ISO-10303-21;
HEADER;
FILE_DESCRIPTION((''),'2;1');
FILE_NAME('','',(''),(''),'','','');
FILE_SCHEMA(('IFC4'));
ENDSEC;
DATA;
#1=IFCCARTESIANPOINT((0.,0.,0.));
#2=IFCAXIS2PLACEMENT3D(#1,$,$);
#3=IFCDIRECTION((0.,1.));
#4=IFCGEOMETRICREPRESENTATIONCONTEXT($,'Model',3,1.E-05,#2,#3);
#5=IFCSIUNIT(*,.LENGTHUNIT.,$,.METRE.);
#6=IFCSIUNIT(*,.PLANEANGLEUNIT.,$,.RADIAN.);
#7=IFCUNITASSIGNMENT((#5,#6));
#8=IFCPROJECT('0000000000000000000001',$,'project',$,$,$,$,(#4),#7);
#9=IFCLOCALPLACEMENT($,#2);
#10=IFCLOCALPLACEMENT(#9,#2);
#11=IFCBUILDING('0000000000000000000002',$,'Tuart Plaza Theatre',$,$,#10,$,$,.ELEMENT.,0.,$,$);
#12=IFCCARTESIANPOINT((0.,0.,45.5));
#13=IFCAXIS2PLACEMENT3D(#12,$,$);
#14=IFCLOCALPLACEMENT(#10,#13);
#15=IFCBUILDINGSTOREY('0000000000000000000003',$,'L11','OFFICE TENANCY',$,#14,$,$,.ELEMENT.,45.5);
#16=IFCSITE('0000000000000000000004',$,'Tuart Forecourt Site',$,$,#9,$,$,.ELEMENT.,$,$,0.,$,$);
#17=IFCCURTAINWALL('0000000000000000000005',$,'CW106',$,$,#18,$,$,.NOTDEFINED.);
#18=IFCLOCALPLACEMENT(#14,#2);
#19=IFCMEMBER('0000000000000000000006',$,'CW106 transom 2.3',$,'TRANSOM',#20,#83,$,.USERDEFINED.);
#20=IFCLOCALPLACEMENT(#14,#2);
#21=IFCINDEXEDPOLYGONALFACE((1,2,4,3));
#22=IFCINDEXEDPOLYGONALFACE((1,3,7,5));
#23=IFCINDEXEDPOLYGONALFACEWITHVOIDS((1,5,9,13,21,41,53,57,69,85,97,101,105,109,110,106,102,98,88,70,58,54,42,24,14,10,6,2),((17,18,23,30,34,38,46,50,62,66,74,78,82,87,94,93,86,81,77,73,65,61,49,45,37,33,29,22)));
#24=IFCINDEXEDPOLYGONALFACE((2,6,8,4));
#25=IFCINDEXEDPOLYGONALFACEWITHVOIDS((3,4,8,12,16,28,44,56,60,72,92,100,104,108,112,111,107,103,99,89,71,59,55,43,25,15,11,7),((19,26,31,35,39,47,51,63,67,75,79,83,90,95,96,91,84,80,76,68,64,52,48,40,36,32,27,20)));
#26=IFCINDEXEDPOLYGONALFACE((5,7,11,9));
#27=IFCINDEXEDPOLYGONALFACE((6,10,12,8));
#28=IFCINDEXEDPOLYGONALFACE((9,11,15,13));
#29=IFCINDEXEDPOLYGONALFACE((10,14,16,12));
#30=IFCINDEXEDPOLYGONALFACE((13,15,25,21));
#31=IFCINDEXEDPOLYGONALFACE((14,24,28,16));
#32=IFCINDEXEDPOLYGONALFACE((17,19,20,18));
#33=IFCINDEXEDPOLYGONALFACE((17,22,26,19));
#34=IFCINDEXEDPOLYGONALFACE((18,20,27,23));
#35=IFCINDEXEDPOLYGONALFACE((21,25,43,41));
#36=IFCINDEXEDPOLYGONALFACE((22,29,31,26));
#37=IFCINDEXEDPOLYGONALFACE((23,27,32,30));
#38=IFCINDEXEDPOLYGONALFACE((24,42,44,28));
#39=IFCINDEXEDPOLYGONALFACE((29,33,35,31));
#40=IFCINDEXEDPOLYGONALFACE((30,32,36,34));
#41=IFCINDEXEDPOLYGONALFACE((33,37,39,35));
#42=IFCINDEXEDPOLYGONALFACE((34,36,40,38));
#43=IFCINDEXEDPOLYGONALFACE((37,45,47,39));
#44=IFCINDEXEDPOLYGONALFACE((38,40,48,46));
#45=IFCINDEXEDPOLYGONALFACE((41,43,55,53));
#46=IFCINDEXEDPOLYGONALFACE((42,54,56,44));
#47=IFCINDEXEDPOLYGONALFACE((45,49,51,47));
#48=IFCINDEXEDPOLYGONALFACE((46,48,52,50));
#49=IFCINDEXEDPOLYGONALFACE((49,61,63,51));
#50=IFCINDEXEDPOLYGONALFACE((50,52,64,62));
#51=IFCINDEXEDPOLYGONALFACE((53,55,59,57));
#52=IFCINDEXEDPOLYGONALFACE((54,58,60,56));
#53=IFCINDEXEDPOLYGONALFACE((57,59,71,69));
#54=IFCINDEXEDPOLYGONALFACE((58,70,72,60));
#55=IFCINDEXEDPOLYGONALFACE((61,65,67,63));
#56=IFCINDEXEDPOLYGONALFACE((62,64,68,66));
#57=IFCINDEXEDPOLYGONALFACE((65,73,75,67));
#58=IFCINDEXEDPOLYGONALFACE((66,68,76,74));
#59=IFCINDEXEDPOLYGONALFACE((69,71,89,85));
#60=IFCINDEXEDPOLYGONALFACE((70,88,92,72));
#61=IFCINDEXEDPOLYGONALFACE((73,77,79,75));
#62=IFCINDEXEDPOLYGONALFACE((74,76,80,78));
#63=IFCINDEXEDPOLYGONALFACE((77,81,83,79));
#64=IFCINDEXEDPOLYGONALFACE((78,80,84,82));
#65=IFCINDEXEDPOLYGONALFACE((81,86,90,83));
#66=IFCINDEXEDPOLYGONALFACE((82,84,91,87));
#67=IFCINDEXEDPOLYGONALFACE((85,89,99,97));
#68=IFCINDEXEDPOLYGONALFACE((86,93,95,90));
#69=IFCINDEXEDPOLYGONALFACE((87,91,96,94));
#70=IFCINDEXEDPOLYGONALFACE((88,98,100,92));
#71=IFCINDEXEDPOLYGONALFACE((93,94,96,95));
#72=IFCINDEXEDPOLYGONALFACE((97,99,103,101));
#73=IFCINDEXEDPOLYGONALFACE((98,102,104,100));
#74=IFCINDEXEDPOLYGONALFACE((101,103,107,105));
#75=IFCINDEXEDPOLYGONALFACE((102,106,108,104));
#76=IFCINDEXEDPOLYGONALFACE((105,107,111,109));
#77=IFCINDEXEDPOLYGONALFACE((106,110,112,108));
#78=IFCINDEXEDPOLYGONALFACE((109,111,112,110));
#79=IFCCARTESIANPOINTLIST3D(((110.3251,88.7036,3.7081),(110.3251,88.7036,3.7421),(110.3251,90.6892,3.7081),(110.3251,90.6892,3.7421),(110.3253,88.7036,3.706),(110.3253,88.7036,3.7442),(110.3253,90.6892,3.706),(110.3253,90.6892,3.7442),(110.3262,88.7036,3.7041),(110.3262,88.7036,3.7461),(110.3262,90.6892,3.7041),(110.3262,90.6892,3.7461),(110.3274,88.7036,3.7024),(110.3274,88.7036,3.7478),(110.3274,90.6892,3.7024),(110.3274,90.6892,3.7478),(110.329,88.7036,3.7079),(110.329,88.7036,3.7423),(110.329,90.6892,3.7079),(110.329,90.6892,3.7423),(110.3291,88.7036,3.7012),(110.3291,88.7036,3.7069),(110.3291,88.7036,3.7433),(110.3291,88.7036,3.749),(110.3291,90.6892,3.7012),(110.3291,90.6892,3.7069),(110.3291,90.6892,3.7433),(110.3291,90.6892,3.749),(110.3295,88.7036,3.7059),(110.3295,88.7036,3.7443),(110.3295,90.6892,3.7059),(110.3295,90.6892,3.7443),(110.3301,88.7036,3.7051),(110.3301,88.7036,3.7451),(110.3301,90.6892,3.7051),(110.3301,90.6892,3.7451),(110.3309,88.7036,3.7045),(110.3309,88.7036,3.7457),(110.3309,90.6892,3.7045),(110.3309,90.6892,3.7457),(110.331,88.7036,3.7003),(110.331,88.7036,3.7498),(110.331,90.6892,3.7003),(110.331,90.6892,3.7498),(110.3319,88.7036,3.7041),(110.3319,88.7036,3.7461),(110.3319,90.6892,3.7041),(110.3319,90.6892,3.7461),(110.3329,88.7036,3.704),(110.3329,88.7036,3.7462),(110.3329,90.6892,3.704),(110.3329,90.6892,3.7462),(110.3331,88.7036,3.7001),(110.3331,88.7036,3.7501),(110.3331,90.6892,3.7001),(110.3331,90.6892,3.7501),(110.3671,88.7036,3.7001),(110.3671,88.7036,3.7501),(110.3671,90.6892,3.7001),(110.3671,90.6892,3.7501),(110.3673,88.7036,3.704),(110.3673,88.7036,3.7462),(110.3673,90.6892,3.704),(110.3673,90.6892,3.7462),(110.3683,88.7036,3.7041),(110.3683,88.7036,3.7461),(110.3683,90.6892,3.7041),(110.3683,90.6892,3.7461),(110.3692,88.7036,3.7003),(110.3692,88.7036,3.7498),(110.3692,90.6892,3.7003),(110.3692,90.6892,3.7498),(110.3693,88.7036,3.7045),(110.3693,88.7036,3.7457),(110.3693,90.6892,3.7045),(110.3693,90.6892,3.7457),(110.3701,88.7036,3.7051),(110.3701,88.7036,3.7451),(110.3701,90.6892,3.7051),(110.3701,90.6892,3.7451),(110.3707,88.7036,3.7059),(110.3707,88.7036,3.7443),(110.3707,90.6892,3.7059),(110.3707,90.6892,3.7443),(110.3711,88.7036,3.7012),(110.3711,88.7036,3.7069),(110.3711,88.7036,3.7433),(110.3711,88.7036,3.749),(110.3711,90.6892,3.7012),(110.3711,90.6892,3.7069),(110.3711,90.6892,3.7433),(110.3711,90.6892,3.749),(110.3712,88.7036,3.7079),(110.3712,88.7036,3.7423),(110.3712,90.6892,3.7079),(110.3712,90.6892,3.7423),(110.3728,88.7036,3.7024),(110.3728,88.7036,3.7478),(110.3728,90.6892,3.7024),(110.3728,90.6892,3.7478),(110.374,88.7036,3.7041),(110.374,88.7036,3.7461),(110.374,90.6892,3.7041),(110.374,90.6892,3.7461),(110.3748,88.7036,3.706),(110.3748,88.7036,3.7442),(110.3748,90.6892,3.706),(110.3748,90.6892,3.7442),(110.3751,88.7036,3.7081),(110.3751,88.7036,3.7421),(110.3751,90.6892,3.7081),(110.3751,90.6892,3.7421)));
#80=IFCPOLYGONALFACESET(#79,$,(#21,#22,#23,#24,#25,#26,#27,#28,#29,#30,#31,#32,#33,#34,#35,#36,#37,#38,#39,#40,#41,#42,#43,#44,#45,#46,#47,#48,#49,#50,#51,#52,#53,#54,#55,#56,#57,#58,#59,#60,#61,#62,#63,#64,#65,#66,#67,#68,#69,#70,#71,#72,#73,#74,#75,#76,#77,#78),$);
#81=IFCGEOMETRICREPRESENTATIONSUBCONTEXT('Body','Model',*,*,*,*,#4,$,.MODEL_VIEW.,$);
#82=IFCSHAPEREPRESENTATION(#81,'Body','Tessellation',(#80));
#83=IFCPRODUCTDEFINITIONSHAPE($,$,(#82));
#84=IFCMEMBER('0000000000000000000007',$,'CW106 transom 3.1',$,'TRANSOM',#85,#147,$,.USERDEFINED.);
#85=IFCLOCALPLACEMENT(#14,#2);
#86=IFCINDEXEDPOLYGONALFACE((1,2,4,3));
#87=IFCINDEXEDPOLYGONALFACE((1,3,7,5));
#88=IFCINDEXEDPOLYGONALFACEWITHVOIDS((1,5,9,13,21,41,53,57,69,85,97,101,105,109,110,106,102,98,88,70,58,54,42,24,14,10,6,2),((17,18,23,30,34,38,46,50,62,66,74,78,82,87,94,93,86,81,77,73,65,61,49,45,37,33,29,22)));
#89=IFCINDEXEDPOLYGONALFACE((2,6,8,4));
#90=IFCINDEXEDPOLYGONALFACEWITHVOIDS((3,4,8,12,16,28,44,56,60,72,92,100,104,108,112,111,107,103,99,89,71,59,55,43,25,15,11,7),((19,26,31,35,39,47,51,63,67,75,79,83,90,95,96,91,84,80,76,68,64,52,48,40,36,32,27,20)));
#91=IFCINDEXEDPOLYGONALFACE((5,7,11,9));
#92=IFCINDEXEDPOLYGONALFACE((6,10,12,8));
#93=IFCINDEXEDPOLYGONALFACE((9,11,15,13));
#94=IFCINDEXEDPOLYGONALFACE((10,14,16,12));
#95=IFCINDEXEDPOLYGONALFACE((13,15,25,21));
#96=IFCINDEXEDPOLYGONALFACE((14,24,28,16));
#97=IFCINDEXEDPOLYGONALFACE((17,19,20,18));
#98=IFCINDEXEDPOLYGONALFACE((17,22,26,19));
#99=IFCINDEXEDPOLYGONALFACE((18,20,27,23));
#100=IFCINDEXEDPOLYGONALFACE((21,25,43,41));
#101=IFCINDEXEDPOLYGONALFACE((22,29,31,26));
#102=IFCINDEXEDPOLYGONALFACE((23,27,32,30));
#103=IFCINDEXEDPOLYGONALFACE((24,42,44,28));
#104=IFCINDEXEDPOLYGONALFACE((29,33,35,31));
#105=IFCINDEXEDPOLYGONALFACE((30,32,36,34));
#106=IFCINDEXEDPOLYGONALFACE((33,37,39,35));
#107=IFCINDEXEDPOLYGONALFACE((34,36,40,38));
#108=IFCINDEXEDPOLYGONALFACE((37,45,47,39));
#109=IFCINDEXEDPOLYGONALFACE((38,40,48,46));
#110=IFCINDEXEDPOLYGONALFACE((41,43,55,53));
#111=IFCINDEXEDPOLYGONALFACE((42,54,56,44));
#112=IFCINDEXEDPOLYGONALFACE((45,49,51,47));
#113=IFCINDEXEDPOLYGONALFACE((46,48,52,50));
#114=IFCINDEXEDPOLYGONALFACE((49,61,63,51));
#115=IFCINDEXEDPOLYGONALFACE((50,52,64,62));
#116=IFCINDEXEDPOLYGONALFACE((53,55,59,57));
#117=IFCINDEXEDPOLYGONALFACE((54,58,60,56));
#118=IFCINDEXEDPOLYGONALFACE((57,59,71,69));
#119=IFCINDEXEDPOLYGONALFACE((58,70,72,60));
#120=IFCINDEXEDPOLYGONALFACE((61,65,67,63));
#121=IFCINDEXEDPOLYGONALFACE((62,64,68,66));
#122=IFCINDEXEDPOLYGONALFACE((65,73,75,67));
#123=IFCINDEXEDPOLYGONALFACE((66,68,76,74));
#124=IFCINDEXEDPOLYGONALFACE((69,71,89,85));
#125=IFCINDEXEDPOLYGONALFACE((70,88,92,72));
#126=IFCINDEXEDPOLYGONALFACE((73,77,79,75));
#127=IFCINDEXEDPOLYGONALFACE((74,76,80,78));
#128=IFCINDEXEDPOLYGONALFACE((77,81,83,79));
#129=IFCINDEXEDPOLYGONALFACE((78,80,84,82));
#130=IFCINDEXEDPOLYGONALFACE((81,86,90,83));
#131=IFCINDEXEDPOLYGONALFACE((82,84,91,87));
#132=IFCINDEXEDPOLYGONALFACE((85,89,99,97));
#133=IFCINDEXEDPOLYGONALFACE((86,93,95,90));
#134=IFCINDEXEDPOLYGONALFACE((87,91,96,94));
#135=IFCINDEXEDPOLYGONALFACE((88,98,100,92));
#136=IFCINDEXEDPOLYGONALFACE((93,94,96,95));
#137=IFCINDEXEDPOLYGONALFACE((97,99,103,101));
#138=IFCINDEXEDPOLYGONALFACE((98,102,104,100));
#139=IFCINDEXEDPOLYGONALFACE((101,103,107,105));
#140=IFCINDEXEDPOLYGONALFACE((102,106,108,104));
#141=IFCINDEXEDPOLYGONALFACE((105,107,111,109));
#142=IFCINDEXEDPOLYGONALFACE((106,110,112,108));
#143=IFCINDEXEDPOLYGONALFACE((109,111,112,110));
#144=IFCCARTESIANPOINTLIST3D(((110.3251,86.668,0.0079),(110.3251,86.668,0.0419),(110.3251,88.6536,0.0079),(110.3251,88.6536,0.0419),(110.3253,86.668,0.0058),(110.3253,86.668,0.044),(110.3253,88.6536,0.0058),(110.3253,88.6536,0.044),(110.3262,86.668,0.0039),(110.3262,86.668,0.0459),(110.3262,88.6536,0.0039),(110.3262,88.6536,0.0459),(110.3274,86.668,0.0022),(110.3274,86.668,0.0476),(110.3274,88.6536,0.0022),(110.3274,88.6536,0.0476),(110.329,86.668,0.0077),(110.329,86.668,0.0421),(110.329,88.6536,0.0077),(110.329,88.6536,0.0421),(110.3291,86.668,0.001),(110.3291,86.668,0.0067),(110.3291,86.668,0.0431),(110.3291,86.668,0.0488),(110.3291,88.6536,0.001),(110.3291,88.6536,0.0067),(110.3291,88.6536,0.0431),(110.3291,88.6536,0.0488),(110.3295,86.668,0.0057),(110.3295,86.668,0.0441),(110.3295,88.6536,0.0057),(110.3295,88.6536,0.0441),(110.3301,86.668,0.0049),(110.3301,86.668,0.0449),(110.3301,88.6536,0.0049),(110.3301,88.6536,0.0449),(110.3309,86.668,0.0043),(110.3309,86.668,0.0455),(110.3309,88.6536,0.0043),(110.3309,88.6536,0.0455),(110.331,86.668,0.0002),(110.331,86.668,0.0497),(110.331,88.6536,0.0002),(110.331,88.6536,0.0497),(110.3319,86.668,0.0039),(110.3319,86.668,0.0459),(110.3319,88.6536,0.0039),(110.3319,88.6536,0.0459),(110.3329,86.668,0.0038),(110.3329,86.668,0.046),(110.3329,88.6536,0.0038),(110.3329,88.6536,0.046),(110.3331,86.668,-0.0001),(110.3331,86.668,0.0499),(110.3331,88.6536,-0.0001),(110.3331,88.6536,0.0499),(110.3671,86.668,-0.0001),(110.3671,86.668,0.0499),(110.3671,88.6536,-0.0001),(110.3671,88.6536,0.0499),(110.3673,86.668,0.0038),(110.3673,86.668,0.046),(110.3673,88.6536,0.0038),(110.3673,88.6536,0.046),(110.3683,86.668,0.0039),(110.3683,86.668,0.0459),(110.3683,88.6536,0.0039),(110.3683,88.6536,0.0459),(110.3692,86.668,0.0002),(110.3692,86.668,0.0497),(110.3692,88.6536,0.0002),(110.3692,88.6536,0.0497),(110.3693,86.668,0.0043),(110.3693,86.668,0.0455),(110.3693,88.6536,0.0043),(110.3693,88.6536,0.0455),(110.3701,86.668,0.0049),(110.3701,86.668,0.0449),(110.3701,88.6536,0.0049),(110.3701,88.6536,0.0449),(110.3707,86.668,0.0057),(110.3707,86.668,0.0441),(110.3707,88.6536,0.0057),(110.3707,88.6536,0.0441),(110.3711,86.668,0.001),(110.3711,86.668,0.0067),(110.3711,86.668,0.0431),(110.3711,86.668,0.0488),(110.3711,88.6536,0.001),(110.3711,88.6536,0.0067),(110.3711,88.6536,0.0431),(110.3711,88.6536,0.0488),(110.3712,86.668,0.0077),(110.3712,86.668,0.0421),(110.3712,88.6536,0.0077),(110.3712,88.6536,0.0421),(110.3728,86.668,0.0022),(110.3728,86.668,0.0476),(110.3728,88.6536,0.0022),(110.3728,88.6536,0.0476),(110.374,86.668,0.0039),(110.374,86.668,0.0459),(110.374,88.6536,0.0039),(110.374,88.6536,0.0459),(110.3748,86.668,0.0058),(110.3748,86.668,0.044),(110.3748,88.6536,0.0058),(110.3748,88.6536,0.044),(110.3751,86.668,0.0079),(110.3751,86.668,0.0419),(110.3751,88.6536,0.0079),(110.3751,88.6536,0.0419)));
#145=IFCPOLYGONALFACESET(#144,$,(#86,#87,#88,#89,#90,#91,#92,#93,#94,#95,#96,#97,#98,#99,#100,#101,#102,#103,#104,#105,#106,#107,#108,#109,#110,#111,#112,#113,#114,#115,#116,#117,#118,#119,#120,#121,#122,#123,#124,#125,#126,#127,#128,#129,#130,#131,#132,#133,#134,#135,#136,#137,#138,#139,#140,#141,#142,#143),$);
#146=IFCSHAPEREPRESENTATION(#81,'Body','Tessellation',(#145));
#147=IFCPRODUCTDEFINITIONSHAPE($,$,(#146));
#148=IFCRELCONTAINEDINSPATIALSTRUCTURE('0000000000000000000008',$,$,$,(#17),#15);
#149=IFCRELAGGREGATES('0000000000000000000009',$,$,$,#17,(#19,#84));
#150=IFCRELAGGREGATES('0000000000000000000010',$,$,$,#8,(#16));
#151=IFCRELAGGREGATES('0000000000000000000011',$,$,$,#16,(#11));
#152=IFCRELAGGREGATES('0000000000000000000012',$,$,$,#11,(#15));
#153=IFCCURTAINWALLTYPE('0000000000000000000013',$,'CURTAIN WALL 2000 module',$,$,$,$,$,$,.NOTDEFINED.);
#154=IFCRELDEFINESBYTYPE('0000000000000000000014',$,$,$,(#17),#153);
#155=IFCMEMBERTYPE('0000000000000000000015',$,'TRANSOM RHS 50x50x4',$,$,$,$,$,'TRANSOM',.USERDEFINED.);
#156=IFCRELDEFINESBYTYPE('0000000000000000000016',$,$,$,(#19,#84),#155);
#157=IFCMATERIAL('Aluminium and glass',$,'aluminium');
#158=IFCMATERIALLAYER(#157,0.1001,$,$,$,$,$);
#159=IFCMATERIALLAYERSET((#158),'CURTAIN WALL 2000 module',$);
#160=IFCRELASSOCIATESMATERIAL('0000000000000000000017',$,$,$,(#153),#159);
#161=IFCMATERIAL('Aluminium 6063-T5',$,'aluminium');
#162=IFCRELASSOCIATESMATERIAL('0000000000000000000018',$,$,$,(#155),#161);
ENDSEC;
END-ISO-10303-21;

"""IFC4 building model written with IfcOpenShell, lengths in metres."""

from ifc_helpers import new_model, si_unit, direction, frame, origin, origin_2d, place, context, subcontext, project, spatial, hollow_rectangle, extrude, material, layer, layer_set, material_profile, profile_set, type_object, element, aggregate, save


model = new_model("IFC4")

# Units and contexts
model_context = context("Model", 3, precision=1e-05, world=origin(), true_north=direction((0.0, 1.0)))
body_context = subcontext(model_context, "Body", "Model", "MODEL_VIEW")
ifc_project = project(units=[si_unit("LENGTHUNIT", "METRE"), si_unit("PLANEANGLEUNIT", "RADIAN")], contexts=[model_context])

# Site, building, storey
site_placement = place(None, origin())
site = spatial("IfcSite", under=ifc_project, at=site_placement, Name="Tuart Forecourt Site", CompositionType="ELEMENT", RefElevation=0.0)
building_placement = place(site_placement, origin())
building = spatial("IfcBuilding", under=site, at=building_placement, Name="Tuart Plaza Theatre", CompositionType="ELEMENT", ElevationOfRefHeight=0.0)
storey_placement = place(building_placement, frame((0.0, 0.0, 45.5)))
storey = spatial("IfcBuildingStorey", under=building, at=storey_placement, Name="L11", Description="OFFICE TENANCY", CompositionType="ELEMENT", Elevation=45.5)

# Curtain wall, members
ifc_material_1 = material(Name="Aluminium and glass", Category="aluminium")
ifc_layer_1 = layer(ifc_material_1, 0.1001)
ifc_layer_set_1 = layer_set([ifc_layer_1], Name="CURTAIN WALL 2000 module")
curtain_wall_type = type_object("IfcCurtainWallType", Name="CURTAIN WALL 2000 module", PredefinedType="NOTDEFINED", material=ifc_layer_set_1)
curtain_wall_placement = place(storey_placement, origin())
curtain_wall = element("IfcCurtainWall", 1, at=curtain_wall_placement, inside=storey, type_object=curtain_wall_type, Name="CW106", PredefinedType="NOTDEFINED")
ifc_material_2 = material(Name="Aluminium 6063-T5", Category="aluminium")
ifc_material_profile_1 = material_profile(ifc_material_2, hollow_rectangle(XDim=0.05, YDim=0.05, WallThickness=0.0039, InnerFilletRadius=0.0039, OuterFilletRadius=0.0081, at=origin_2d()), Name="RHS 50x50x4")
ifc_profile_set_1 = profile_set([ifc_material_profile_1], Name="Aluminium 6063-T5")
member_type_1 = type_object("IfcMemberType", Name="TRANSOM RHS 50x50x4", ElementType="TRANSOM", PredefinedType="USERDEFINED", material=ifc_profile_set_1)
member_1_placement = place(storey_placement, frame((110.3501, 90.6892, 3.7251), z_axis=(0.0, -1.0, 0.0), x_axis=(1.0, 0.0, 0.0)))
member_1 = element("IfcMember", 2, at=member_1_placement, type_object=member_type_1, Name="CW106 transom 2.3", ObjectType="TRANSOM", PredefinedType="USERDEFINED", context=body_context, shape_type="SweptSolid", body=[
    extrude(hollow_rectangle(XDim=0.05, YDim=0.05, WallThickness=0.0039, InnerFilletRadius=0.0039, OuterFilletRadius=0.0081, at=origin_2d()), origin(), (0.0, 0.0, 1.0), 1.9856),
])
member_2_placement = place(storey_placement, frame((110.3501, 88.6536, 0.0249), z_axis=(0.0, -1.0, 0.0), x_axis=(1.0, 0.0, 0.0)))
member_2 = element("IfcMember", 3, at=member_2_placement, type_object=member_type_1, Name="CW106 transom 3.1", ObjectType="TRANSOM", PredefinedType="USERDEFINED", context=body_context, shape_type="SweptSolid", body=[
    extrude(hollow_rectangle(XDim=0.05, YDim=0.05, WallThickness=0.0039, InnerFilletRadius=0.0039, OuterFilletRadius=0.0081, at=origin_2d()), origin(), (0.0, 0.0, 1.0), 1.9856),
])
aggregate(curtain_wall, [member_1, member_2])

save(model, "model.ifc")
